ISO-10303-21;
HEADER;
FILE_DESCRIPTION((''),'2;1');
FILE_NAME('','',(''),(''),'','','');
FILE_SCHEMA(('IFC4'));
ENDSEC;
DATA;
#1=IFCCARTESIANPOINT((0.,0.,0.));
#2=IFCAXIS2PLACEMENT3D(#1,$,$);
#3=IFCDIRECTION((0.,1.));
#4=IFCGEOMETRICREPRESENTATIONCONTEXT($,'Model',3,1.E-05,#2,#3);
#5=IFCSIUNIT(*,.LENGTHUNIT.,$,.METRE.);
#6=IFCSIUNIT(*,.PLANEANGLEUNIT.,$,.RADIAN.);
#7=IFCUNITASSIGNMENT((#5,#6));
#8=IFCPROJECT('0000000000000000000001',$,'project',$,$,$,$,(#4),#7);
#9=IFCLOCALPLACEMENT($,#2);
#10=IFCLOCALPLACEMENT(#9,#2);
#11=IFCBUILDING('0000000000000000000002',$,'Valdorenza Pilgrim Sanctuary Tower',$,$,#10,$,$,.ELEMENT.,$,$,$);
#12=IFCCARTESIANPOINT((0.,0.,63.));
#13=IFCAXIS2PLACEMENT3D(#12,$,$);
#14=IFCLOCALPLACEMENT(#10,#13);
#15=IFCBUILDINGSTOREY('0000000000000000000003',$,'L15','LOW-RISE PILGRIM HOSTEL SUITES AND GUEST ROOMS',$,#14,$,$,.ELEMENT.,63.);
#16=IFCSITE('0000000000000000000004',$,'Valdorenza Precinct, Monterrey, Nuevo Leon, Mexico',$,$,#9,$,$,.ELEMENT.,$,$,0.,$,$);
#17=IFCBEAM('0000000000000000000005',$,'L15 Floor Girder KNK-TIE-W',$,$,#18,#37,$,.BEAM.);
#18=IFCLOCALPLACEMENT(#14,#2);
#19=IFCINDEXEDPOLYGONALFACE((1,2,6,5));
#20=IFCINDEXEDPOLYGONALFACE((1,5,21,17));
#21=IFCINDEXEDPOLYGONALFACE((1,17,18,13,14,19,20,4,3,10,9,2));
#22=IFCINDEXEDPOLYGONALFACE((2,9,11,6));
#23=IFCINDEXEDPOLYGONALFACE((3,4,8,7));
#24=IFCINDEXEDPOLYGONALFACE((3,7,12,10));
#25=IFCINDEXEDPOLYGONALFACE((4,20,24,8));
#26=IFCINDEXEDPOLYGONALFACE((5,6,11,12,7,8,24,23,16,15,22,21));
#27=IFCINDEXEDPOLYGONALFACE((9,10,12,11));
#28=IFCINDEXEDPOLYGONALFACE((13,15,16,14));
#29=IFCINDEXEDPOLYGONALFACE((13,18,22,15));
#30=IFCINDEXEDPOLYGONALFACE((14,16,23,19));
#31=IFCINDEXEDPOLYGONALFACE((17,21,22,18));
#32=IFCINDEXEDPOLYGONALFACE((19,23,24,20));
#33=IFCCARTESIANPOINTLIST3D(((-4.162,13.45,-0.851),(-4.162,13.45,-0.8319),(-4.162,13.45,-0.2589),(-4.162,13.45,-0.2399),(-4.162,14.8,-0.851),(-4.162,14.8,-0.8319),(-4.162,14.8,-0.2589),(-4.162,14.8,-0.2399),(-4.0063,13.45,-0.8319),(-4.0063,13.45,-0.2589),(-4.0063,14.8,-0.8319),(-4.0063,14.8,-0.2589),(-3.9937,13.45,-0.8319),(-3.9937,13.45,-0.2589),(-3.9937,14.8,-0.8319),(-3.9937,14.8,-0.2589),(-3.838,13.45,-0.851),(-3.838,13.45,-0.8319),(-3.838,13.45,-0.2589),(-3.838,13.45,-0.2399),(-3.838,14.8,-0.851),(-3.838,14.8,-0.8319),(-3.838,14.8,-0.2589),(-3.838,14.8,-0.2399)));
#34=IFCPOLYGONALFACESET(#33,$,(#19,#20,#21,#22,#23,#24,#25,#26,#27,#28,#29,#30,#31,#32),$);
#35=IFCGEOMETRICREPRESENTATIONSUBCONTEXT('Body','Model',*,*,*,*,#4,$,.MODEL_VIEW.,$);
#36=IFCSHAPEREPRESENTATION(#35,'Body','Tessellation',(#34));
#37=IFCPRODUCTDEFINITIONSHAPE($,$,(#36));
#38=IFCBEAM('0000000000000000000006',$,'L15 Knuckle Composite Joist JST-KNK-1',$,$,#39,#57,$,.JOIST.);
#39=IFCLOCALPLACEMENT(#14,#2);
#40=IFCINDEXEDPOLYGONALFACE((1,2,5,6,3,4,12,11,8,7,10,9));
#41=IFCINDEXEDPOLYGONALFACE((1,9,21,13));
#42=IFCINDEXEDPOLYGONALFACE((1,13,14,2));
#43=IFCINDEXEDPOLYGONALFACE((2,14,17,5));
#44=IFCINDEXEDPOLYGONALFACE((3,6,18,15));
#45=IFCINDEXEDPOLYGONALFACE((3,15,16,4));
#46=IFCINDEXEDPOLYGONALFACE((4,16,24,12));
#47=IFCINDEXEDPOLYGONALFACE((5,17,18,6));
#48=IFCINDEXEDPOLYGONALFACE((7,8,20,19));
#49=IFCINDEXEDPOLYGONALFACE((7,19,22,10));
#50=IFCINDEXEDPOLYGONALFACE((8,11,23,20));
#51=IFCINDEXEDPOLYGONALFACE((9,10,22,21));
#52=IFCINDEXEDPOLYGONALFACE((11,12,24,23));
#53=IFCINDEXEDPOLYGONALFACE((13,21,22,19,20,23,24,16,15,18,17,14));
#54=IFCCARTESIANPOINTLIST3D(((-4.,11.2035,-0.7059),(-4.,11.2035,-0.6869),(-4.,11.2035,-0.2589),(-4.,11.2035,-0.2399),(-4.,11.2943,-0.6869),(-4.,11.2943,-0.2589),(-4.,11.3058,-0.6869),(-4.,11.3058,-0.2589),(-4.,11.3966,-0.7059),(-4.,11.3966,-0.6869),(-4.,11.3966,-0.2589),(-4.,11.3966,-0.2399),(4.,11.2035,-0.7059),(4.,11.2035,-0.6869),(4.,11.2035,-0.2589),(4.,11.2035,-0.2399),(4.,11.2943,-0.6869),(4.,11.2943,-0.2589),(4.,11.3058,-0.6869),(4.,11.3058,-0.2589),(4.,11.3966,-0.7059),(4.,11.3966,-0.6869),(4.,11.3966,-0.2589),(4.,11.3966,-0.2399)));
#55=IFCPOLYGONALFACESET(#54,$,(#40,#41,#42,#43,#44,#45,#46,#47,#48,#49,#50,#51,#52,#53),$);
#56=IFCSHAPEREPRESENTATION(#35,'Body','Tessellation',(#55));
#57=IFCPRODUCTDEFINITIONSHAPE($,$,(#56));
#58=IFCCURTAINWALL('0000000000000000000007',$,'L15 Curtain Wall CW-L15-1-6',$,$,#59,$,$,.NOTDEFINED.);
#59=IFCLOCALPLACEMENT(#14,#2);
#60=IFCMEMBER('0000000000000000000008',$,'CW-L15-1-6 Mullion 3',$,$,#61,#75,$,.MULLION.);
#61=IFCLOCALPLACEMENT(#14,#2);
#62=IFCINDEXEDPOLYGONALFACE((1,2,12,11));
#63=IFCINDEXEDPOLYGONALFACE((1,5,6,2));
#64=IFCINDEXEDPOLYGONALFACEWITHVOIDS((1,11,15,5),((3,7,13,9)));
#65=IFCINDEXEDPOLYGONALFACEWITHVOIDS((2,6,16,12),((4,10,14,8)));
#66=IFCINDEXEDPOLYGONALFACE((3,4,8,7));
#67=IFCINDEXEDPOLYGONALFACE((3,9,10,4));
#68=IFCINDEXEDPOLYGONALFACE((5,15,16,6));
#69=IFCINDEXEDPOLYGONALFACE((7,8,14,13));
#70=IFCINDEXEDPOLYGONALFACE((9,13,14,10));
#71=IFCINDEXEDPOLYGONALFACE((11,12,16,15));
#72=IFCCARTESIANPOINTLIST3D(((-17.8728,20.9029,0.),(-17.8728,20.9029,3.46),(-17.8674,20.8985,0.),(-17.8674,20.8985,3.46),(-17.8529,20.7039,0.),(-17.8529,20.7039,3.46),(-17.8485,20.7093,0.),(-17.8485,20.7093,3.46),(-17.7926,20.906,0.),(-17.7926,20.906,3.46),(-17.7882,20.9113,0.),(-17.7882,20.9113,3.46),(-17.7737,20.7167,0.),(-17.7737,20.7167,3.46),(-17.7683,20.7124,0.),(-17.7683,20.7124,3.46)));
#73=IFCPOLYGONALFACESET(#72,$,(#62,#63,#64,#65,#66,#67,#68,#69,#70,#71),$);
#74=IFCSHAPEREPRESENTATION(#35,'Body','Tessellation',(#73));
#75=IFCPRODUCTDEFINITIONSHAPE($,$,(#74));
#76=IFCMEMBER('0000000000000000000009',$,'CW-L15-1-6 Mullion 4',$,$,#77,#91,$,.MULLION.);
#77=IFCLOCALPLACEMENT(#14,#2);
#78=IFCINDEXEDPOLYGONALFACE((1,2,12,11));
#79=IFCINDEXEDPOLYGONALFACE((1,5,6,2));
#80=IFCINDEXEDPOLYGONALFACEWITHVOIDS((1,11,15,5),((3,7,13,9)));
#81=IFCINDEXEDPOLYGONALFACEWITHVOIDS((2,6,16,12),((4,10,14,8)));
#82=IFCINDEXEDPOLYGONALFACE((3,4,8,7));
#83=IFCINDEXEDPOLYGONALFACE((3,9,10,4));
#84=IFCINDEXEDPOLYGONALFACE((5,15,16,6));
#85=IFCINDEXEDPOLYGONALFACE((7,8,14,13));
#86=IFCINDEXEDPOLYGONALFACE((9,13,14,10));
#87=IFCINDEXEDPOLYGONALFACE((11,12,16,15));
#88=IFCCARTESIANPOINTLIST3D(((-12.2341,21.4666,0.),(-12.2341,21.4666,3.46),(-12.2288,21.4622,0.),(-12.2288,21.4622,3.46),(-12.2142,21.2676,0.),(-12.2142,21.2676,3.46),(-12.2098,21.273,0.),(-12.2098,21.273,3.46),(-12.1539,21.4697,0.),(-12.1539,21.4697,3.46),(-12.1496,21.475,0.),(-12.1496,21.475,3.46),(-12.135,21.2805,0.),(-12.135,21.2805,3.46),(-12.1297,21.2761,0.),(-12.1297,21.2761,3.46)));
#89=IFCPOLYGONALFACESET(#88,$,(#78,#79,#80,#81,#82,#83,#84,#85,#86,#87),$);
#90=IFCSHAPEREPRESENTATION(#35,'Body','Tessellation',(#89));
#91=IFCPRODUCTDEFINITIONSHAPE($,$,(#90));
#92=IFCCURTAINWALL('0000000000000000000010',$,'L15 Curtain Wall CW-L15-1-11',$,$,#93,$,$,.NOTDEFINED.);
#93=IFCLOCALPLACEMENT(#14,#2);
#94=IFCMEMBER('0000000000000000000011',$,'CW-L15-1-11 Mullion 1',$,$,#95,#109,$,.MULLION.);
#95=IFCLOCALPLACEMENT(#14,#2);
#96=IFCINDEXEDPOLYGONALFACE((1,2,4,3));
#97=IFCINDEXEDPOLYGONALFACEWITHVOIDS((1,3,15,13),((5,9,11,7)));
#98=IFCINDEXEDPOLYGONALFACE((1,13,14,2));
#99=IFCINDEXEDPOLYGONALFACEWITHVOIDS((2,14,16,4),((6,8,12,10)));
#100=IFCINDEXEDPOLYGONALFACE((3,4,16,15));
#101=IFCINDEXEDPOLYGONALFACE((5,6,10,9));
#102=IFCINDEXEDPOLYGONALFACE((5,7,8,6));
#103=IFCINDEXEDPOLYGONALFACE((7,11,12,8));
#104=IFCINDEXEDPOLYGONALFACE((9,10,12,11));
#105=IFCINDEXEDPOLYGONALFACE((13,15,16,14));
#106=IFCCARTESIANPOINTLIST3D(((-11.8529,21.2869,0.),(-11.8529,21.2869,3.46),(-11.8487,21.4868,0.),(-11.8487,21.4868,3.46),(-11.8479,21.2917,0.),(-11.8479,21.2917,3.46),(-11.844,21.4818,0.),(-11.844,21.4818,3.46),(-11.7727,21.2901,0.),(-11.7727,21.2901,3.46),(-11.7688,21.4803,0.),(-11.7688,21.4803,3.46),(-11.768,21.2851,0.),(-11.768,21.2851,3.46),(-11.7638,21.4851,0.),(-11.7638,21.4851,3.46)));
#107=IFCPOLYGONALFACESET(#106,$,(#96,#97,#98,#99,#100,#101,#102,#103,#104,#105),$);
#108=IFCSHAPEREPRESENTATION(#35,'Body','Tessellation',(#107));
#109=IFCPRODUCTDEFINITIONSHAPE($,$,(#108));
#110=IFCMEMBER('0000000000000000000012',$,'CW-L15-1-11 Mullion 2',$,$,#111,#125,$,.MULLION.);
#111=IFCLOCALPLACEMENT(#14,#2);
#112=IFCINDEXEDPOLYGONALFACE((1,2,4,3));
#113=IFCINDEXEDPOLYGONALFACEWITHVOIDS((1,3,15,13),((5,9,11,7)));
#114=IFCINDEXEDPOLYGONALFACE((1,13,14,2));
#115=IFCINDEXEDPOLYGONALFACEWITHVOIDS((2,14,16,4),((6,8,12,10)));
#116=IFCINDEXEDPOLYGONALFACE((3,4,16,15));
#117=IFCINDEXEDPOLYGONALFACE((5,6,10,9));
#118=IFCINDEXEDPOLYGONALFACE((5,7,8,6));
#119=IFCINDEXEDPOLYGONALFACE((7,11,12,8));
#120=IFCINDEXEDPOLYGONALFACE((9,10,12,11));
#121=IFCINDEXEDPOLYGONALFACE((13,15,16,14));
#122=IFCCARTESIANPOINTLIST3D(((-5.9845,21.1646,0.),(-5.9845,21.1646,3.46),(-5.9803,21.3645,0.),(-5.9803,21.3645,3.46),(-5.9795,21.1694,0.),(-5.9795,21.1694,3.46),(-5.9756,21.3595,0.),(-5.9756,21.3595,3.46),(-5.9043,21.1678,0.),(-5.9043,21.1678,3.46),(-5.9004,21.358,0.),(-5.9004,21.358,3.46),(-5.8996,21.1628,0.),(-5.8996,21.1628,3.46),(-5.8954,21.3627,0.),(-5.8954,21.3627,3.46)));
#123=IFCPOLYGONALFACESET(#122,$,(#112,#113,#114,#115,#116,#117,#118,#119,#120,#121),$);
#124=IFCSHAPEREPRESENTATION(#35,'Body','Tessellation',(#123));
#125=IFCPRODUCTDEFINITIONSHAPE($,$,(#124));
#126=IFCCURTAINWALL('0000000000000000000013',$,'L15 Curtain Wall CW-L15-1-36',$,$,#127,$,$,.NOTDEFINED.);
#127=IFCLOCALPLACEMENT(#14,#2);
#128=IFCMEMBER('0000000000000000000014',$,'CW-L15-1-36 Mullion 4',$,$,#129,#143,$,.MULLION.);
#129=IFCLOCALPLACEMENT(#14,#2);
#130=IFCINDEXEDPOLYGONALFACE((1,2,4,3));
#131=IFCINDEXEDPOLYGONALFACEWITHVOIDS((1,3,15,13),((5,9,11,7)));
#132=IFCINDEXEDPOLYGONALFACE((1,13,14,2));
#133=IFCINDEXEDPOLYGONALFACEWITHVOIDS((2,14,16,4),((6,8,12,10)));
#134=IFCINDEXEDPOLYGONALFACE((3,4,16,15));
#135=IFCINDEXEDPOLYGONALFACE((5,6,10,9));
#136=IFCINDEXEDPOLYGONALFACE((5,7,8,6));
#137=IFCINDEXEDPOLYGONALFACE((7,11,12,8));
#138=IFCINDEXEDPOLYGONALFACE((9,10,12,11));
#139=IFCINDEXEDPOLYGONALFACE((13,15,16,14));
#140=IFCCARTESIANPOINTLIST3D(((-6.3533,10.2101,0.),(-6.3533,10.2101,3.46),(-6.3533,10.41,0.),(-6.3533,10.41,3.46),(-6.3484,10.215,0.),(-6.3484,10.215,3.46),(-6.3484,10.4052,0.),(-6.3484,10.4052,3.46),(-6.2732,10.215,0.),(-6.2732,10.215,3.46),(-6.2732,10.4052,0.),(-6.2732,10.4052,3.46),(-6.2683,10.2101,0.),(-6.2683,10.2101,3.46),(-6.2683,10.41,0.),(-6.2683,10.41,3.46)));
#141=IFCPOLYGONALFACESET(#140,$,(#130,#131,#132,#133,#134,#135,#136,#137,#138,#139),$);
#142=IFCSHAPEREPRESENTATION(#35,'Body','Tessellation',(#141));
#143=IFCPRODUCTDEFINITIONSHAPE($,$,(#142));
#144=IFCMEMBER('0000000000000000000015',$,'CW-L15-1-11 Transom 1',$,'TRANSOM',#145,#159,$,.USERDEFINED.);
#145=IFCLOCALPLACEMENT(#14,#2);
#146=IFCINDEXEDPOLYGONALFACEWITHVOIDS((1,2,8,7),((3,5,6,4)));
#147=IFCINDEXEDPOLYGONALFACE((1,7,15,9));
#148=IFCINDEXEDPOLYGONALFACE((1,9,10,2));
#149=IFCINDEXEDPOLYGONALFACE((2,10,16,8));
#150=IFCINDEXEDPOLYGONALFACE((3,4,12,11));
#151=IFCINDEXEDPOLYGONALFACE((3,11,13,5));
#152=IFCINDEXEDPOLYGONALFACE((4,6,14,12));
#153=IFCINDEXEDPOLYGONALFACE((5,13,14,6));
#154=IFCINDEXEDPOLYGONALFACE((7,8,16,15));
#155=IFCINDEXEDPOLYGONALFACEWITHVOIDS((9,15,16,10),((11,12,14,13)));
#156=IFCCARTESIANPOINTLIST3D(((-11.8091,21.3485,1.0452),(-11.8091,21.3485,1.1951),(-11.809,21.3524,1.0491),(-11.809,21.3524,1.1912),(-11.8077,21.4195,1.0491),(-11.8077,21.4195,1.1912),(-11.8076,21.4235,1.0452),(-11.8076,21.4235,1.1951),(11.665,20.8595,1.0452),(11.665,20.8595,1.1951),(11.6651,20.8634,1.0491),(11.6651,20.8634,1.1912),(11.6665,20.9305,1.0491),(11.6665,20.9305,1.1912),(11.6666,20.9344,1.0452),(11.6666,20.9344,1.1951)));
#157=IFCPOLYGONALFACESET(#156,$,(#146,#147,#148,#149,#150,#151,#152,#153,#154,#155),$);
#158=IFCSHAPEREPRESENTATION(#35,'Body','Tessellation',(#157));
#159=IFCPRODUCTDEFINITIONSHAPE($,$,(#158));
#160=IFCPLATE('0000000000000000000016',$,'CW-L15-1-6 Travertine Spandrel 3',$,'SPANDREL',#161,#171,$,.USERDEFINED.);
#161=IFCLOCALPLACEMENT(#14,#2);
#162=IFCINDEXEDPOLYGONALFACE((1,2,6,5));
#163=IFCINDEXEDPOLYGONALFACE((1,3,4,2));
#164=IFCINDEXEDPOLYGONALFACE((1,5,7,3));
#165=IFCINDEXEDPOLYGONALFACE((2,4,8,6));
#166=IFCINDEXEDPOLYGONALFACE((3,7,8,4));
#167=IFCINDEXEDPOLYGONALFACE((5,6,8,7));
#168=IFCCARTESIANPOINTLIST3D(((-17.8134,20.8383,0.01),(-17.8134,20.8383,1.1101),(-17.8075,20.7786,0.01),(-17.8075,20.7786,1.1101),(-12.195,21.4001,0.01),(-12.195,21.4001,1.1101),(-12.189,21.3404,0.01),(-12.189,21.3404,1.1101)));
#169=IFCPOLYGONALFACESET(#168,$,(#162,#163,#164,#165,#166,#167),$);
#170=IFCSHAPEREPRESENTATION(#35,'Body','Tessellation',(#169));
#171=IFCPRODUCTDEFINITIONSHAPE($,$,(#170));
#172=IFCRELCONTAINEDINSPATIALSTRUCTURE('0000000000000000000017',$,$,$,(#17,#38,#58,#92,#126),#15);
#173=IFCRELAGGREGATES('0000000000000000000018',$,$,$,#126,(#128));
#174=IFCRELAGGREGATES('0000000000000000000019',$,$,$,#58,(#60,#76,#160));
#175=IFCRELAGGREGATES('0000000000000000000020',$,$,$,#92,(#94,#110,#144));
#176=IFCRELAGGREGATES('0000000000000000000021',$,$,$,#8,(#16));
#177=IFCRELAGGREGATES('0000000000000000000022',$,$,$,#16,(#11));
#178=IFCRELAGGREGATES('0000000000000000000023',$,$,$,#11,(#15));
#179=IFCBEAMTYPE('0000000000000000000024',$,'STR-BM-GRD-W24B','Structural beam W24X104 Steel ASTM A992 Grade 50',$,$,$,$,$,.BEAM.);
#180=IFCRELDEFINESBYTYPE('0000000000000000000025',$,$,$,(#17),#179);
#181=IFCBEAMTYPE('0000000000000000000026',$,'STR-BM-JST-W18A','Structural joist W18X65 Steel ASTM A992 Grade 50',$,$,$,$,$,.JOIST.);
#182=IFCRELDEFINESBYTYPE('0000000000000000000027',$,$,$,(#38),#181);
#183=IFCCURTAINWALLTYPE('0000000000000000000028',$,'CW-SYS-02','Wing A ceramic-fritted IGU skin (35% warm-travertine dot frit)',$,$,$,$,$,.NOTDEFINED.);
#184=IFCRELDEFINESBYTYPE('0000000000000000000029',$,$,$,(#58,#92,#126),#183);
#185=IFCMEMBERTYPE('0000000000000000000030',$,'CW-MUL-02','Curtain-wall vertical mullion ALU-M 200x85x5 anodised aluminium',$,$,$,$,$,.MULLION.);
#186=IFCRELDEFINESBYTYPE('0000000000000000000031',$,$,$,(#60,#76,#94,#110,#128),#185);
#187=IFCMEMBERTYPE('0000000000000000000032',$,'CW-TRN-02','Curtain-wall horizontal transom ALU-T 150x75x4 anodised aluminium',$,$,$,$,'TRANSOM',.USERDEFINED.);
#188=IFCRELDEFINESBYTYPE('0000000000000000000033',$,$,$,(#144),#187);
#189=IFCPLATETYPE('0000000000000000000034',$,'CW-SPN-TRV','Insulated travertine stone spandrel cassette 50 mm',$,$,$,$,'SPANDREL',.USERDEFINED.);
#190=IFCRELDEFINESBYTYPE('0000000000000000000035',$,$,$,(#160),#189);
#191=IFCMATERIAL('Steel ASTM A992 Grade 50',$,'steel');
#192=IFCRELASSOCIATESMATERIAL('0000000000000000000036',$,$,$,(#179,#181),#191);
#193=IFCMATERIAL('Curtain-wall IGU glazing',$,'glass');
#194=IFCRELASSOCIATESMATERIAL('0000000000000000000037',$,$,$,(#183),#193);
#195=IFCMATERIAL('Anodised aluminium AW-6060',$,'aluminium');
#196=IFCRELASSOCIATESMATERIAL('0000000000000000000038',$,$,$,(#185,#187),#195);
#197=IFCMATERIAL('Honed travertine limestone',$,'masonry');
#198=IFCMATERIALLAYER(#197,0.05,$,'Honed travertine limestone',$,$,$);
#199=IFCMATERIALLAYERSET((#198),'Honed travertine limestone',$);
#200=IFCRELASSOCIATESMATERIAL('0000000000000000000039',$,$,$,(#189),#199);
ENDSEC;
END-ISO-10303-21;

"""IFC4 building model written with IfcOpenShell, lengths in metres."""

from ifc_helpers import new_model, si_unit, direction, frame, origin, origin_2d, place, context, subcontext, project, spatial, rectangle, hollow_rectangle, i_section, extrude, source, transform, mapped, material, layer, layer_set, material_profile, profile_set, type_object, element, aggregate, save


model = new_model("IFC4")

# Units and contexts
model_context = context("Model", 3, precision=1e-05, world=origin(), true_north=direction((0.0, 1.0)))
body_context = subcontext(model_context, "Body", "Model", "MODEL_VIEW")
ifc_project = project(units=[si_unit("LENGTHUNIT", "METRE"), si_unit("PLANEANGLEUNIT", "RADIAN")], contexts=[model_context])

# Site, building, storey
site_placement = place(None, origin())
site = spatial("IfcSite", under=ifc_project, at=site_placement, Name="Valdorenza Precinct, Monterrey, Nuevo Leon, Mexico", CompositionType="ELEMENT", RefElevation=0.0)
building_placement = place(site_placement, origin())
building = spatial("IfcBuilding", under=site, at=building_placement, Name="Valdorenza Pilgrim Sanctuary Tower", CompositionType="ELEMENT")
storey_placement = place(building_placement, frame((0.0, 0.0, 63.0)))
storey = spatial("IfcBuildingStorey", under=building, at=storey_placement, Name="L15", Description="LOW-RISE PILGRIM HOSTEL SUITES AND GUEST ROOMS", CompositionType="ELEMENT", Elevation=63.0)

# Shared definitions
ifc_material_1 = material(Name="Steel ASTM A992 Grade 50", Category="steel")

# Beams
ifc_material_profile_1 = material_profile(ifc_material_1, i_section(OverallWidth=0.324, OverallDepth=0.6111, WebThickness=0.0127, FlangeThickness=0.019, at=origin_2d()), Name="W24X104")
ifc_profile_set_1 = profile_set([ifc_material_profile_1], Name="Steel ASTM A992 Grade 50")
beam_type_1 = type_object("IfcBeamType", Name="STR-BM-GRD-W24B", Description="Structural beam W24X104 Steel ASTM A992 Grade 50", PredefinedType="BEAM", material=ifc_profile_set_1)
shared_shape_1 = source(origin(), body_context, "Body", "SweptSolid", [
    extrude(i_section(OverallWidth=0.324, OverallDepth=0.6111, WebThickness=0.0127, FlangeThickness=0.019, at=origin_2d()), origin(), (0.0, 0.0, 1.0), 1.3501),
])
beam_1_placement = place(storey_placement, frame((-4.0, 13.45, -0.5454), z_axis=(0.0, 1.0, 0.0), x_axis=(-1.0, 0.0, 0.0)))
element("IfcBeam", 1, at=beam_1_placement, inside=storey, type_object=beam_type_1, Name="L15 Floor Girder KNK-TIE-W", PredefinedType="BEAM", context=body_context, shape_type="MappedRepresentation", body=[
    mapped(shared_shape_1, transform((0.0, 0.0, 0.0), x_axis=(1.0, 0.0, 0.0), y_axis=(0.0, 1.0, 0.0), z_axis=(0.0, 0.0, 1.0), scale=1.0)),
])
ifc_material_profile_2 = material_profile(ifc_material_1, i_section(OverallWidth=0.1931, OverallDepth=0.4661, WebThickness=0.0115, FlangeThickness=0.019, at=origin_2d()), Name="W18X65")
ifc_profile_set_2 = profile_set([ifc_material_profile_2], Name="Steel ASTM A992 Grade 50")
beam_type_2 = type_object("IfcBeamType", Name="STR-BM-JST-W18A", Description="Structural joist W18X65 Steel ASTM A992 Grade 50", PredefinedType="JOIST", material=ifc_profile_set_2)
shared_shape_2 = source(origin(), body_context, "Body", "SweptSolid", [
    extrude(i_section(OverallWidth=0.1931, OverallDepth=0.4661, WebThickness=0.0115, FlangeThickness=0.019, at=origin_2d()), origin(), (0.0, 0.0, 1.0), 8.0),
])
beam_2_placement = place(storey_placement, frame((-4.0, 11.3, -0.4729), z_axis=(1.0, 0.0, 0.0), x_axis=(0.0, 1.0, 0.0)))
element("IfcBeam", 2, at=beam_2_placement, inside=storey, type_object=beam_type_2, Name="L15 Knuckle Composite Joist JST-KNK-1", PredefinedType="JOIST", context=body_context, shape_type="MappedRepresentation", body=[
    mapped(shared_shape_2, transform((0.0, 0.0, 0.0), x_axis=(1.0, 0.0, 0.0), y_axis=(0.0, 1.0, 0.0), z_axis=(0.0, 0.0, 1.0), scale=1.0)),
])

# Curtain walls, members
ifc_material_2 = material(Name="Curtain-wall IGU glazing", Category="glass")
curtain_wall_type = type_object("IfcCurtainWallType", Name="CW-SYS-02", Description="Wing A ceramic-fritted IGU skin (35% warm-travertine dot frit)", PredefinedType="NOTDEFINED", material=ifc_material_2)
curtain_wall_1_placement = place(storey_placement, origin())
curtain_wall_1 = element("IfcCurtainWall", 3, at=curtain_wall_1_placement, inside=storey, type_object=curtain_wall_type, Name="L15 Curtain Wall CW-L15-1-6", PredefinedType="NOTDEFINED")
ifc_material_3 = material(Name="Anodised aluminium AW-6060", Category="aluminium")
ifc_material_profile_3 = material_profile(ifc_material_3, hollow_rectangle(XDim=0.085, YDim=0.2, WallThickness=0.0049, at=origin_2d()), Name="ALU-M 200x85x5")
ifc_profile_set_3 = profile_set([ifc_material_profile_3], Name="Anodised aluminium AW-6060")
member_type_1 = type_object("IfcMemberType", Name="CW-MUL-02", Description="Curtain-wall vertical mullion ALU-M 200x85x5 anodised aluminium", PredefinedType="MULLION", material=ifc_profile_set_3)
shared_shape_3 = source(origin(), body_context, "Body", "SweptSolid", [
    extrude(hollow_rectangle(XDim=0.085, YDim=0.2, WallThickness=0.0049, at=origin_2d()), origin(), (0.0, 0.0, 1.0), 3.46),
])
member_1_placement = place(storey_placement, frame((-17.8206, 20.8076, 0.0), z_axis=(0.0, 0.0, 1.0), x_axis=(0.995038, 0.099493, 0.0)))
member_1 = element("IfcMember", 4, at=member_1_placement, type_object=member_type_1, Name="CW-L15-1-6 Mullion 3", PredefinedType="MULLION", context=body_context, shape_type="MappedRepresentation", body=[
    mapped(shared_shape_3, transform((0.0, 0.0, 0.0), x_axis=(1.0, 0.0, 0.0), y_axis=(0.0, 1.0, 0.0), z_axis=(0.0, 0.0, 1.0), scale=1.0)),
])
member_2_placement = place(storey_placement, frame((-12.1819, 21.3713, 0.0), z_axis=(0.0, 0.0, 1.0), x_axis=(0.995038, 0.099493, 0.0)))
member_2 = element("IfcMember", 5, at=member_2_placement, type_object=member_type_1, Name="CW-L15-1-6 Mullion 4", PredefinedType="MULLION", context=body_context, shape_type="MappedRepresentation", body=[
    mapped(shared_shape_3, transform((0.0, 0.0, 0.0), x_axis=(1.0, 0.0, 0.0), y_axis=(0.0, 1.0, 0.0), z_axis=(0.0, 0.0, 1.0), scale=1.0)),
])
curtain_wall_2_placement = place(storey_placement, origin())
curtain_wall_2 = element("IfcCurtainWall", 6, at=curtain_wall_2_placement, inside=storey, type_object=curtain_wall_type, Name="L15 Curtain Wall CW-L15-1-11", PredefinedType="NOTDEFINED")
member_3_placement = place(storey_placement, frame((-11.8083, 21.386, 0.0), z_axis=(0.0, 0.0, 1.0), x_axis=(0.999783, -0.02082, 0.0)))
member_3 = element("IfcMember", 7, at=member_3_placement, type_object=member_type_1, Name="CW-L15-1-11 Mullion 1", PredefinedType="MULLION", context=body_context, shape_type="MappedRepresentation", body=[
    mapped(shared_shape_3, transform((0.0, 0.0, 0.0), x_axis=(1.0, 0.0, 0.0), y_axis=(0.0, 1.0, 0.0), z_axis=(0.0, 0.0, 1.0), scale=1.0)),
])
member_4_placement = place(storey_placement, frame((-5.9399, 21.2637, 0.0), z_axis=(0.0, 0.0, 1.0), x_axis=(0.999783, -0.02082, 0.0)))
member_4 = element("IfcMember", 8, at=member_4_placement, type_object=member_type_1, Name="CW-L15-1-11 Mullion 2", PredefinedType="MULLION", context=body_context, shape_type="MappedRepresentation", body=[
    mapped(shared_shape_3, transform((0.0, 0.0, 0.0), x_axis=(1.0, 0.0, 0.0), y_axis=(0.0, 1.0, 0.0), z_axis=(0.0, 0.0, 1.0), scale=1.0)),
])

# Curtain wall, member
curtain_wall_3_placement = place(storey_placement, origin())
curtain_wall_3 = element("IfcCurtainWall", 9, at=curtain_wall_3_placement, inside=storey, type_object=curtain_wall_type, Name="L15 Curtain Wall CW-L15-1-36", PredefinedType="NOTDEFINED")
member_5_placement = place(storey_placement, frame((-6.3108, 10.3101, 0.0), z_axis=(0.0, 0.0, 1.0), x_axis=(-1.0, 0.0, 0.0)))
member_5 = element("IfcMember", 10, at=member_5_placement, type_object=member_type_1, Name="CW-L15-1-36 Mullion 4", PredefinedType="MULLION", context=body_context, shape_type="MappedRepresentation", body=[
    mapped(shared_shape_3, transform((0.0, 0.0, 0.0), x_axis=(1.0, 0.0, 0.0), y_axis=(0.0, 1.0, 0.0), z_axis=(0.0, 0.0, 1.0), scale=1.0)),
])
aggregate(curtain_wall_3, [member_5])

# Member
ifc_material_profile_4 = material_profile(ifc_material_3, hollow_rectangle(XDim=0.075, YDim=0.1499, WallThickness=0.0039, at=origin_2d()), Name="ALU-T 150x75x4")
ifc_profile_set_4 = profile_set([ifc_material_profile_4], Name="Anodised aluminium AW-6060")
member_type_2 = type_object("IfcMemberType", Name="CW-TRN-02", Description="Curtain-wall horizontal transom ALU-T 150x75x4 anodised aluminium", ElementType="TRANSOM", PredefinedType="USERDEFINED", material=ifc_profile_set_4)
shared_shape_4 = source(origin(), body_context, "Body", "SweptSolid", [
    extrude(hollow_rectangle(XDim=0.075, YDim=0.1499, WallThickness=0.0039, at=origin_2d()), origin(), (0.0, 0.0, 1.0), 23.4792),
])
member_6_placement = place(storey_placement, frame((-11.8083, 21.386, 1.1201), z_axis=(0.999783, -0.020828, 0.0), x_axis=(0.020828, 0.999783, 0.0)))
member_6 = element("IfcMember", 11, at=member_6_placement, type_object=member_type_2, Name="CW-L15-1-11 Transom 1", ObjectType="TRANSOM", PredefinedType="USERDEFINED", context=body_context, shape_type="MappedRepresentation", body=[
    mapped(shared_shape_4, transform((0.0, 0.0, 0.0), x_axis=(1.0, 0.0, 0.0), y_axis=(0.0, 1.0, 0.0), z_axis=(0.0, 0.0, 1.0), scale=1.0)),
])

# Plate
ifc_material_4 = material(Name="Honed travertine limestone", Category="masonry")
ifc_layer_1 = layer(ifc_material_4, 0.05, Name="Honed travertine limestone")
ifc_layer_set_1 = layer_set([ifc_layer_1], Name="Honed travertine limestone")
plate_type_1 = type_object("IfcPlateType", Name="CW-SPN-TRV", Description="Insulated travertine stone spandrel cassette 50 mm", ElementType="SPANDREL", PredefinedType="USERDEFINED", material=ifc_layer_set_1)
shared_shape_5 = source(origin(), body_context, "Body", "SweptSolid", [
    extrude(rectangle(XDim=5.6465, YDim=0.0601, at=origin_2d()), origin(), (0.0, 0.0, 1.0), 1.1001),
])
plate_1_placement = place(storey_placement, frame((-15.0012, 21.0894, 0.01), z_axis=(0.0, 0.0, 1.0), x_axis=(0.995038, 0.099493, 0.0)))
plate_1 = element("IfcPlate", 12, at=plate_1_placement, type_object=plate_type_1, Name="CW-L15-1-6 Travertine Spandrel 3", ObjectType="SPANDREL", PredefinedType="USERDEFINED", context=body_context, shape_type="MappedRepresentation", body=[
    mapped(shared_shape_5, transform((0.0, 0.0, 0.0), x_axis=(1.0, 0.0, 0.0), y_axis=(0.0, 1.0, 0.0), z_axis=(0.0, 0.0, 1.0), scale=1.0)),
])
aggregate(curtain_wall_1, [member_1, member_2, plate_1])
aggregate(curtain_wall_2, [member_3, member_4, member_6])

save(model, "model.ifc")
